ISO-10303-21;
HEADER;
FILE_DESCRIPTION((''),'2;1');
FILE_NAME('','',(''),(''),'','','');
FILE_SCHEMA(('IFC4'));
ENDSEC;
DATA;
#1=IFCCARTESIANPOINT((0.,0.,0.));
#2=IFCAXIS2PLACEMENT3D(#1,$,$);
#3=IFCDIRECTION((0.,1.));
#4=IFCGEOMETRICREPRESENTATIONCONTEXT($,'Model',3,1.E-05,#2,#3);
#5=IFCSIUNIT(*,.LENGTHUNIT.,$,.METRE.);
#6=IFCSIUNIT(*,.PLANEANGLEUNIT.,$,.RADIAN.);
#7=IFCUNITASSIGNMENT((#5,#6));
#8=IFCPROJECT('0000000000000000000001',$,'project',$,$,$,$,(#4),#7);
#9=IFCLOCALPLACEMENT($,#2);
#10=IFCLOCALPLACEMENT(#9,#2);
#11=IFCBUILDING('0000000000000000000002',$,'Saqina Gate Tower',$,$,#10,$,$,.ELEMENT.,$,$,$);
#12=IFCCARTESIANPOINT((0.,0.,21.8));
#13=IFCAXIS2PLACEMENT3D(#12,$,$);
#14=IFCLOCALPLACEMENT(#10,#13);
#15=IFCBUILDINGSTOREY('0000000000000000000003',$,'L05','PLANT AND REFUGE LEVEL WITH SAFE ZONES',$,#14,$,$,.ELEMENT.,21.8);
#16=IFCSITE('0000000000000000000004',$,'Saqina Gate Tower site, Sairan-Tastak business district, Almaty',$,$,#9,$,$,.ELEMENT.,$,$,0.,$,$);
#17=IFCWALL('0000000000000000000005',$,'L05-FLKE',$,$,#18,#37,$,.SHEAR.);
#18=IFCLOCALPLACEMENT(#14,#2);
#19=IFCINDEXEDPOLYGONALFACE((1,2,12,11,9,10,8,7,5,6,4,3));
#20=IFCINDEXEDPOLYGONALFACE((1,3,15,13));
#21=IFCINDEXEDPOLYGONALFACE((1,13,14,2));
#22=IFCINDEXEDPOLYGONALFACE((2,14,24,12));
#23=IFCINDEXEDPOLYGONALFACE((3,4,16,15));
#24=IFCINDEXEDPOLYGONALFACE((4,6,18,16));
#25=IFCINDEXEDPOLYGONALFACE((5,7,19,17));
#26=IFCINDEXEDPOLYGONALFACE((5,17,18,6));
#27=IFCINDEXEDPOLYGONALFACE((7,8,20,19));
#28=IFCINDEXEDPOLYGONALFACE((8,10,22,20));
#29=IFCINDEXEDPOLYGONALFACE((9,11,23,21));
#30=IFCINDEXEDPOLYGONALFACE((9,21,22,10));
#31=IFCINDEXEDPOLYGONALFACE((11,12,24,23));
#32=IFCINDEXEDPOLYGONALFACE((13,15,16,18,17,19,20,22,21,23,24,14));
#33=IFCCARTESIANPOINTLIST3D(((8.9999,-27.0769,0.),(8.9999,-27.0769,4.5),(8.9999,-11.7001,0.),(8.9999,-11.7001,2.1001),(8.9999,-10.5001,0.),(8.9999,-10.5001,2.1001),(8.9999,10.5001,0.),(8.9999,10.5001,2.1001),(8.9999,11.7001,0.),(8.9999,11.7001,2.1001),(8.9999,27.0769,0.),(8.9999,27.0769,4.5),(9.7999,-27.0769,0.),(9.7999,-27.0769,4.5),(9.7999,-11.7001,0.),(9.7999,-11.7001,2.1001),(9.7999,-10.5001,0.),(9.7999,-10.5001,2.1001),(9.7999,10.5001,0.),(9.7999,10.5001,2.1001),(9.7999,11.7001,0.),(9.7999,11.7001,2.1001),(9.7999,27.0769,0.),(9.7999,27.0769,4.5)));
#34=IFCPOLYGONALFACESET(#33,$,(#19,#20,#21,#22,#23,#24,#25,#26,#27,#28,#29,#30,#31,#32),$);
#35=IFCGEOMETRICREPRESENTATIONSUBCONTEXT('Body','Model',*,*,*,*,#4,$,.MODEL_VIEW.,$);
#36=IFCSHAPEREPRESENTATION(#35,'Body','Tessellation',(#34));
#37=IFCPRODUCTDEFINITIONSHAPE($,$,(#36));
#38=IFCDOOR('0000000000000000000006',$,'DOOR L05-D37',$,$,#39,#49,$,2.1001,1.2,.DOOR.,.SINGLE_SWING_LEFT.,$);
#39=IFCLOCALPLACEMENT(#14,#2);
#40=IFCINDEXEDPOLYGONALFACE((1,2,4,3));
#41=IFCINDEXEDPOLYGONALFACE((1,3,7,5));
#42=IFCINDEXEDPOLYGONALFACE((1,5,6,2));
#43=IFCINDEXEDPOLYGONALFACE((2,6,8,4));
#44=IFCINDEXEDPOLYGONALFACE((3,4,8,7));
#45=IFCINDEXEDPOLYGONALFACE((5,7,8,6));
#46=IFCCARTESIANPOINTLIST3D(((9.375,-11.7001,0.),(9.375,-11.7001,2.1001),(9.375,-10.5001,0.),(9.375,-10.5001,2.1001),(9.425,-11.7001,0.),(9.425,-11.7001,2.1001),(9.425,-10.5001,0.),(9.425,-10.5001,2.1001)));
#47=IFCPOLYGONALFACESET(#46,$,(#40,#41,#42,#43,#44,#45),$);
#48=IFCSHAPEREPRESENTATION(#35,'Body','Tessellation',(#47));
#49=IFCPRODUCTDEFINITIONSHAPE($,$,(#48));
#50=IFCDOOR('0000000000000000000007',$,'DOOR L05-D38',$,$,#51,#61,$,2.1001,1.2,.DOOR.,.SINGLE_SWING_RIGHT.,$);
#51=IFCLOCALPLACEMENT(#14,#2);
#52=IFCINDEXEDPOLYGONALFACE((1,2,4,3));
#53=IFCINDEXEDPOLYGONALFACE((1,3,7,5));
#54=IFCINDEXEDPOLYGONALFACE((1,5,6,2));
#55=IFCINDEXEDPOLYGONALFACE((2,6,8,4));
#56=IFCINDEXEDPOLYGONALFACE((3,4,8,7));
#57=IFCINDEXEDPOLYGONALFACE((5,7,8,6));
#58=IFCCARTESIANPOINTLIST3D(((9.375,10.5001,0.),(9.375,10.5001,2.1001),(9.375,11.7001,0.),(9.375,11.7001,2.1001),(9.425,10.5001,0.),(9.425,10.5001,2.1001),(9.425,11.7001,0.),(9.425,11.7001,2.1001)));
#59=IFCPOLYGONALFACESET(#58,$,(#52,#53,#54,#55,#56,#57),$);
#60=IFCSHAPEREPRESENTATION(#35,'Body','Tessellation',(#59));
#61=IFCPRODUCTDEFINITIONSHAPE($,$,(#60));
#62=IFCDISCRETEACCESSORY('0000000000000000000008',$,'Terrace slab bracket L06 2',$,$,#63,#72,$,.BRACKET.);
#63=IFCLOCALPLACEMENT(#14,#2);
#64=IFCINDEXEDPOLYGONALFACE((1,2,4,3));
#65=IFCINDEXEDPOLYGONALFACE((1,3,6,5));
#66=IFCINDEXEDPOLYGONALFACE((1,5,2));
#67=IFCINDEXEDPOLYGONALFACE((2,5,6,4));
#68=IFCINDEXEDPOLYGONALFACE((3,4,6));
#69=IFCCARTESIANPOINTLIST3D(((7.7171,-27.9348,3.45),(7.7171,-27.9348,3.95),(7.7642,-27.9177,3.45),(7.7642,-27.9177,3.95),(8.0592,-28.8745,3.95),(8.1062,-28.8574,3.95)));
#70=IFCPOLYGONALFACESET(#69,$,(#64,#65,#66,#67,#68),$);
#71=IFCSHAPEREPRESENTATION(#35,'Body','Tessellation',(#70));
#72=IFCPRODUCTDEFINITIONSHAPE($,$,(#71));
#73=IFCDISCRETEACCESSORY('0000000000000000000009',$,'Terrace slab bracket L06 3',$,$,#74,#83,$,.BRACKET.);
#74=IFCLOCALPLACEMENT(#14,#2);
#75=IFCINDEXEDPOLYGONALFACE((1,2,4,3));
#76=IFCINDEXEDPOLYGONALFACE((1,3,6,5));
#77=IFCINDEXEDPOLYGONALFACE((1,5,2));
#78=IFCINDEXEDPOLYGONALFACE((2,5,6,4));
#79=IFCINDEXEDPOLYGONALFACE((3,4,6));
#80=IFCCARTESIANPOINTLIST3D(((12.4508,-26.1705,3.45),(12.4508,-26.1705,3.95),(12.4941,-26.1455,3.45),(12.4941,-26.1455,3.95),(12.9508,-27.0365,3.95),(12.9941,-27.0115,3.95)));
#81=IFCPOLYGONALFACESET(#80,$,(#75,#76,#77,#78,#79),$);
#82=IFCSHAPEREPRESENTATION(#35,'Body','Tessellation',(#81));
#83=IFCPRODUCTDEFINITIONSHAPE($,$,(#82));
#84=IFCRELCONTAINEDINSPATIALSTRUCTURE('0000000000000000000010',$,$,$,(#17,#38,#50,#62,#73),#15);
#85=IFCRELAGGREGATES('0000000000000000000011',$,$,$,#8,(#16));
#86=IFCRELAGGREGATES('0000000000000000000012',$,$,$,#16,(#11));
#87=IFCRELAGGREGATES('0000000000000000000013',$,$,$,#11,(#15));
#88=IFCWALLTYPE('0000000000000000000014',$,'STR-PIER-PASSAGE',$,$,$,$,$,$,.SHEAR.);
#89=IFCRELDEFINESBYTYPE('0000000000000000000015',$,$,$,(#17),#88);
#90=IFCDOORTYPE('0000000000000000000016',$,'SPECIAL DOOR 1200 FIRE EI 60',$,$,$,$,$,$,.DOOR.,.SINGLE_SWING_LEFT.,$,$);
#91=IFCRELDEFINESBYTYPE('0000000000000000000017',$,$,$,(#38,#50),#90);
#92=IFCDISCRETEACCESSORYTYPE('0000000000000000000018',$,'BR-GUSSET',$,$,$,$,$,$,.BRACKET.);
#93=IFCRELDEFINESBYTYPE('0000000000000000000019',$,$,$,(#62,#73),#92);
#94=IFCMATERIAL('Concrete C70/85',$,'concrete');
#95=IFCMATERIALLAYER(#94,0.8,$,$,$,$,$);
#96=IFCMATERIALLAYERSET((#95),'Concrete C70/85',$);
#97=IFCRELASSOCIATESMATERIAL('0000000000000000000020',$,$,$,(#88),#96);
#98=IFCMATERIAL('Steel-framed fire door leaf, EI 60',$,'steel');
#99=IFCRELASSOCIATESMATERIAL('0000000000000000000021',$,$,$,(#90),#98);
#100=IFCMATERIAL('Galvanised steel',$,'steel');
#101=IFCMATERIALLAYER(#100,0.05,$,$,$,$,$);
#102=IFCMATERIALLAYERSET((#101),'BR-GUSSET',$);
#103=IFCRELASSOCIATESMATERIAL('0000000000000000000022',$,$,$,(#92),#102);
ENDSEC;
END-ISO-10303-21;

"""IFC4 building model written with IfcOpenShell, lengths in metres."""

from ifc_helpers import new_model, si_unit, direction, frame, frame_2d, origin, place, context, subcontext, project, spatial, polyline, rectangle, outline, extrude, material, layer, layer_set, type_object, element, fill, save


model = new_model("IFC4")

# Units and contexts
model_context = context("Model", 3, precision=1e-05, world=origin(), true_north=direction((0.0, 1.0)))
body_context = subcontext(model_context, "Body", "Model", "MODEL_VIEW")
ifc_project = project(units=[si_unit("LENGTHUNIT", "METRE"), si_unit("PLANEANGLEUNIT", "RADIAN")], contexts=[model_context])

# Site, building, storey
site_placement = place(None, origin())
site = spatial("IfcSite", under=ifc_project, at=site_placement, Name="Saqina Gate Tower site, Sairan-Tastak business district, Almaty", CompositionType="ELEMENT", RefElevation=0.0)
building_placement = place(site_placement, origin())
building = spatial("IfcBuilding", under=site, at=building_placement, Name="Saqina Gate Tower", CompositionType="ELEMENT")
storey_placement = place(building_placement, frame((0.0, 0.0, 21.8)))
storey = spatial("IfcBuildingStorey", under=building, at=storey_placement, Name="L05", Description="PLANT AND REFUGE LEVEL WITH SAFE ZONES", CompositionType="ELEMENT", Elevation=21.8)

# Wall, openings, doors
ifc_material_1 = material(Name="Concrete C70/85", Category="concrete")
ifc_layer_1 = layer(ifc_material_1, 0.8)
ifc_layer_set_1 = layer_set([ifc_layer_1], Name="Concrete C70/85")
wall_type_1 = type_object("IfcWallType", Name="STR-PIER-PASSAGE", PredefinedType="SHEAR", material=ifc_layer_set_1)
wall_1_placement = place(storey_placement, frame((9.3999, -27.0769, 0.0), z_axis=(0.0, 0.0, 1.0), x_axis=(0.0, 1.0, 0.0)))
wall_1 = element("IfcWall", 1, at=wall_1_placement, inside=storey, type_object=wall_type_1, Name="L05-FLKE", PredefinedType="SHEAR", context=body_context, shape_type="SweptSolid", body=[
    extrude(rectangle(XDim=54.1538, YDim=0.8, at=frame_2d((27.0769, 0.0))), origin(), (0.0, 0.0, 1.0), 4.5),
])
opening_1_placement = place(wall_1_placement, frame((15.3767, 0.0, 0.0)))
opening_1 = element("IfcOpeningElement", 2, at=opening_1_placement, cuts=wall_1, PredefinedType="OPENING", context=body_context, shape_type="SweptSolid", body=[
    extrude(rectangle(XDim=1.2, YDim=2.1001, at=frame_2d((0.6001, 1.05))), frame((0.0, 0.4121, 0.0), z_axis=(0.0, -1.0, 0.0), x_axis=(1.0, 0.0, 0.0)), (0.0, 0.0, 1.0), 0.824),
])
opening_2_placement = place(wall_1_placement, frame((37.5769, 0.0, 0.0)))
opening_2 = element("IfcOpeningElement", 3, at=opening_2_placement, cuts=wall_1, PredefinedType="OPENING", context=body_context, shape_type="SweptSolid", body=[
    extrude(rectangle(XDim=1.2, YDim=2.1001, at=frame_2d((0.6001, 1.05))), frame((0.0, 0.4121, 0.0), z_axis=(0.0, -1.0, 0.0), x_axis=(1.0, 0.0, 0.0)), (0.0, 0.0, 1.0), 0.824),
])
ifc_material_2 = material(Name="Steel-framed fire door leaf, EI 60", Category="steel")
door_type_1 = type_object("IfcDoorType", Name="SPECIAL DOOR 1200 FIRE EI 60", OperationType="SINGLE_SWING_LEFT", PredefinedType="DOOR", material=ifc_material_2)
door_1_placement = place(opening_1_placement, origin())
door_1 = element("IfcDoor", 4, at=door_1_placement, inside=storey, type_object=door_type_1, Name="DOOR L05-D37", OperationType="SINGLE_SWING_LEFT", OverallHeight=2.1001, OverallWidth=1.2, PredefinedType="DOOR", context=body_context, shape_type="SweptSolid", body=[
    extrude(rectangle(XDim=1.2, YDim=2.1001, at=frame_2d((0.6001, 1.05))), frame((0.0, 0.0249, 0.0), z_axis=(0.0, -1.0, 0.0), x_axis=(1.0, 0.0, 0.0)), (0.0, 0.0, 1.0), 0.05),
])
fill(opening_1, door_1)
door_2_placement = place(opening_2_placement, origin())
door_2 = element("IfcDoor", 5, at=door_2_placement, inside=storey, type_object=door_type_1, Name="DOOR L05-D38", OperationType="SINGLE_SWING_RIGHT", OverallHeight=2.1001, OverallWidth=1.2, PredefinedType="DOOR", context=body_context, shape_type="SweptSolid", body=[
    extrude(rectangle(XDim=1.2, YDim=2.1001, at=frame_2d((0.6001, 1.05))), frame((0.0, 0.0249, 0.0), z_axis=(0.0, -1.0, 0.0), x_axis=(1.0, 0.0, 0.0)), (0.0, 0.0, 1.0), 0.05),
])
fill(opening_2, door_2)

# Discrete accessories
ifc_material_3 = material(Name="Galvanised steel", Category="steel")
ifc_layer_2 = layer(ifc_material_3, 0.05)
ifc_layer_set_2 = layer_set([ifc_layer_2], Name="BR-GUSSET")
discrete_accessory_type = type_object("IfcDiscreteAccessoryType", Name="BR-GUSSET", PredefinedType="BRACKET", material=ifc_layer_set_2)
discrete_accessory_1_placement = place(storey_placement, frame((7.7642, -27.9177, 3.45), z_axis=(0.939686, 0.342037, 0.0), x_axis=(0.0, 0.0, 1.0)))
element("IfcDiscreteAccessory", 6, at=discrete_accessory_1_placement, inside=storey, type_object=discrete_accessory_type, Name="Terrace slab bracket L06 2", PredefinedType="BRACKET", context=body_context, shape_type="SweptSolid", body=[
    extrude(outline(polyline([(0.0, 0.0), (0.5, 0.0), (0.5, 1.0), (0.0, 0.0)])), origin(), (0.0, 0.0, -1.0), 0.05),
])
discrete_accessory_2_placement = place(storey_placement, frame((12.4941, -26.1455, 3.45), z_axis=(0.866011, 0.500025, 0.0), x_axis=(0.0, 0.0, 1.0)))
element("IfcDiscreteAccessory", 7, at=discrete_accessory_2_placement, inside=storey, type_object=discrete_accessory_type, Name="Terrace slab bracket L06 3", PredefinedType="BRACKET", context=body_context, shape_type="SweptSolid", body=[
    extrude(outline(polyline([(0.0, 0.0), (0.5, 0.0), (0.5, 0.9999), (0.0, 0.0)])), origin(), (0.0, 0.0, -1.0), 0.05),
])

save(model, "model.ifc")
